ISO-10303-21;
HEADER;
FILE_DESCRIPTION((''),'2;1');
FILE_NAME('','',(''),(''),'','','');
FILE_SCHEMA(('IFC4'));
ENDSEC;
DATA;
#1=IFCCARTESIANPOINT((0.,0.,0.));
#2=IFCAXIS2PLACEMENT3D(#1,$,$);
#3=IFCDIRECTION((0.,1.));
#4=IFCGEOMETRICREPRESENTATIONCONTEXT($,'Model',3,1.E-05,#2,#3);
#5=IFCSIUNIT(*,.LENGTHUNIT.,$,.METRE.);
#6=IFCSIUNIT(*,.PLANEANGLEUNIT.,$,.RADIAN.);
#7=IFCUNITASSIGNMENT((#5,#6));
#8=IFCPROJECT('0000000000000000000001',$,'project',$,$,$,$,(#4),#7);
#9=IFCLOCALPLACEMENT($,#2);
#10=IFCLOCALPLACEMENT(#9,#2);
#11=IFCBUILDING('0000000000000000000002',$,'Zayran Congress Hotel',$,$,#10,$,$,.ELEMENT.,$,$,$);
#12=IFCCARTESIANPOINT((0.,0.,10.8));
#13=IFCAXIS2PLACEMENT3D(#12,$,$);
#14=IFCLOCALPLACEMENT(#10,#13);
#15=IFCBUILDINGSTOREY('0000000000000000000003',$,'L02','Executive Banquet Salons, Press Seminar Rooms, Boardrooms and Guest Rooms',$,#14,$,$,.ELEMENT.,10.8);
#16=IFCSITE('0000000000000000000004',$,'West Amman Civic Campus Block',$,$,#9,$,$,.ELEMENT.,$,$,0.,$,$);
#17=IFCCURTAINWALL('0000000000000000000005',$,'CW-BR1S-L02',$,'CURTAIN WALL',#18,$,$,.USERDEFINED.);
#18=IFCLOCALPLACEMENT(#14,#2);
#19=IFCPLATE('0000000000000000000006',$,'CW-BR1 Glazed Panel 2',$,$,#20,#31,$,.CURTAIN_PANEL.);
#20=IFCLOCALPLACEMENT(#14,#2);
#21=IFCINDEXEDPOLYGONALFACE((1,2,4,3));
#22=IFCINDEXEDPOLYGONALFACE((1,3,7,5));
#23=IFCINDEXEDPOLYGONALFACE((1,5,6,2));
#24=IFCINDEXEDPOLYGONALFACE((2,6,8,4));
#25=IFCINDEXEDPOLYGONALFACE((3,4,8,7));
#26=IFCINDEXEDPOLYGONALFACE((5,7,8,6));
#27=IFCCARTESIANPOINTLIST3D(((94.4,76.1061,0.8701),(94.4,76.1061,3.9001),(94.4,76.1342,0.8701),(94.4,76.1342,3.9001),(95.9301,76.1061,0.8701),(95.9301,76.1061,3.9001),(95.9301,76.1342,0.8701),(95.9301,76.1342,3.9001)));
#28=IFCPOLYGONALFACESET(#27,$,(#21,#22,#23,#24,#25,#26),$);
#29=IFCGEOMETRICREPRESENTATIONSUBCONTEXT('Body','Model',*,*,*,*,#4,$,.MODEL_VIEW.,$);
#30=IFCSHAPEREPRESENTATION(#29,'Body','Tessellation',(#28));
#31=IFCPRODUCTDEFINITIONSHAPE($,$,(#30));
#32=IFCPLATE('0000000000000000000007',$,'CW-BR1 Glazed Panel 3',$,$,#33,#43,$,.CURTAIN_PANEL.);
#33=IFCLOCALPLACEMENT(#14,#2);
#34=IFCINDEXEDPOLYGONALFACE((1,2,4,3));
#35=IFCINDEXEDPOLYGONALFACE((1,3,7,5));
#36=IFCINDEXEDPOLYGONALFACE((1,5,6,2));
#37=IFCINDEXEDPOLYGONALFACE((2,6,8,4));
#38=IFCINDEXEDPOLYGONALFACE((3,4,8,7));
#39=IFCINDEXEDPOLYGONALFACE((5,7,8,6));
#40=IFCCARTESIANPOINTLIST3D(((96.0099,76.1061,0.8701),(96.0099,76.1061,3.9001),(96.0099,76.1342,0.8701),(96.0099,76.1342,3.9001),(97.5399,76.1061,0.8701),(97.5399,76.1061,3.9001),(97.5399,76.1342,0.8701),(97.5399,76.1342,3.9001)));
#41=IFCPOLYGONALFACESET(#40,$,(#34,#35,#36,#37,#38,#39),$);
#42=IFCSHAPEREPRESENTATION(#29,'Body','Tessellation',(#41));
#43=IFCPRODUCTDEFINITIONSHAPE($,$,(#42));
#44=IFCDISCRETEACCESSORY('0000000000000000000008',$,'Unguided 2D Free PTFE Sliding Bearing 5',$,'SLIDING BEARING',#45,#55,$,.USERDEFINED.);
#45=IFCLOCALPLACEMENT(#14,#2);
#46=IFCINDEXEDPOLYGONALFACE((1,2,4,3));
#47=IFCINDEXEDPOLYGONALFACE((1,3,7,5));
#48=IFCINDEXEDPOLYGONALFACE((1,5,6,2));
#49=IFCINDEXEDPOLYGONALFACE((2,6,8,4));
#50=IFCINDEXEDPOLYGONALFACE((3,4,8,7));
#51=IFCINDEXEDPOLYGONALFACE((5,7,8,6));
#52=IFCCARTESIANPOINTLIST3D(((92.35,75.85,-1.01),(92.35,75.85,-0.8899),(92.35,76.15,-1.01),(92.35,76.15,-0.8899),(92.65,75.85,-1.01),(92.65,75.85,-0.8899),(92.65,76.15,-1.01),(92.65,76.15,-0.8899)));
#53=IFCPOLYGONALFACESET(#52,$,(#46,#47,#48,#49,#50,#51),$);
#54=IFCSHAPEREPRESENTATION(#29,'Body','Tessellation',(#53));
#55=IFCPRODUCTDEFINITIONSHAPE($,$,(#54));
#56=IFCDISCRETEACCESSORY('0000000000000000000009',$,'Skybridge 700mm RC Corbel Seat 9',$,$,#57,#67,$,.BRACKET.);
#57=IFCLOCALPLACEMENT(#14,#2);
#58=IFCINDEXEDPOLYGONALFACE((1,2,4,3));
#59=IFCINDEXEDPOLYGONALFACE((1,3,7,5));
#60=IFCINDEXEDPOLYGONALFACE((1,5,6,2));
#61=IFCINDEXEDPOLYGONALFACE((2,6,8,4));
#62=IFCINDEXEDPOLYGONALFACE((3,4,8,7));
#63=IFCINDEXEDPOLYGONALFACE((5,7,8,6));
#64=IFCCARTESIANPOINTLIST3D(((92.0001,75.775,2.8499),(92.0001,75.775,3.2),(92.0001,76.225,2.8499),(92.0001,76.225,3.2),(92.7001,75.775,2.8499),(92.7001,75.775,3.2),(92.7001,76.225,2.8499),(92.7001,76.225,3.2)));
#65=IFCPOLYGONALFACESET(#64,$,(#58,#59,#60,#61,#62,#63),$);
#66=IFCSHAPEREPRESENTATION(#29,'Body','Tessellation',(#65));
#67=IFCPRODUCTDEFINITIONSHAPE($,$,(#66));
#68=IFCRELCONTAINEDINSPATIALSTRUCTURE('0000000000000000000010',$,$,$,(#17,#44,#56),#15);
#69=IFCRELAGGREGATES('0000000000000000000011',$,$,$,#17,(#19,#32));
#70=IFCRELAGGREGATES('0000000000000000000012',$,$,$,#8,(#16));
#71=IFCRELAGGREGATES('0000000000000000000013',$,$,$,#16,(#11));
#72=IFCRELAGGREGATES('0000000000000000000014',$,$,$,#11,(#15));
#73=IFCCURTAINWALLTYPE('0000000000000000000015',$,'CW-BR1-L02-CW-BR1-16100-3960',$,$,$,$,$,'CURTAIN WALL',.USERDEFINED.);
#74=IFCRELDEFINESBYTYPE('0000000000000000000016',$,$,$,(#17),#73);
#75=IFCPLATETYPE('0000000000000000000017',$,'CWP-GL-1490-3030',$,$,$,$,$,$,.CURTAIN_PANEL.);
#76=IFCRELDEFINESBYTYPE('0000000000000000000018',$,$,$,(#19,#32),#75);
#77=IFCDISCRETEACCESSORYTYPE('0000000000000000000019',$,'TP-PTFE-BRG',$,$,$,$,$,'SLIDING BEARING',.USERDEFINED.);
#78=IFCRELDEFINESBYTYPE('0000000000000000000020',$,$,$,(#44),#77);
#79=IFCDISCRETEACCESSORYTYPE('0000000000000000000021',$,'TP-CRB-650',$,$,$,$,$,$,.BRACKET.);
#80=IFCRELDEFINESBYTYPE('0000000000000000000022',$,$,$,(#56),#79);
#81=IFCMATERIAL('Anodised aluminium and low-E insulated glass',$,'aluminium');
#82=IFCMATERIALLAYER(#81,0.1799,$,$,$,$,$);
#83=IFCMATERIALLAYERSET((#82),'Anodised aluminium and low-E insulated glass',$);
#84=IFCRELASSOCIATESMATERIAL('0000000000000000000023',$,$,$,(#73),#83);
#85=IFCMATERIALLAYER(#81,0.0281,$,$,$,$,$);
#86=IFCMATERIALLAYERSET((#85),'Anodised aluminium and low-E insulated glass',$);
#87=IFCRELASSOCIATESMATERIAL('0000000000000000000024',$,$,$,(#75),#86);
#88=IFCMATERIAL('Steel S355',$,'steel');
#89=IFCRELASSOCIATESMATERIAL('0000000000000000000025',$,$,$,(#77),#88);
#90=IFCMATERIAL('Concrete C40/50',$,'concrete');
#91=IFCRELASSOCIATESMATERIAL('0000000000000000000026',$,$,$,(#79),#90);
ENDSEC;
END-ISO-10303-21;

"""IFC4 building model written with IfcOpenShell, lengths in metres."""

from ifc_helpers import new_model, si_unit, direction, frame, origin, origin_2d, place, context, subcontext, project, spatial, rectangle, extrude, material, layer, layer_set, type_object, element, aggregate, save


model = new_model("IFC4")

# Units and contexts
model_context = context("Model", 3, precision=1e-05, world=origin(), true_north=direction((0.0, 1.0)))
body_context = subcontext(model_context, "Body", "Model", "MODEL_VIEW")
ifc_project = project(units=[si_unit("LENGTHUNIT", "METRE"), si_unit("PLANEANGLEUNIT", "RADIAN")], contexts=[model_context])

# Site, building, storey
site_placement = place(None, origin())
site = spatial("IfcSite", under=ifc_project, at=site_placement, Name="West Amman Civic Campus Block", CompositionType="ELEMENT", RefElevation=0.0)
building_placement = place(site_placement, origin())
building = spatial("IfcBuilding", under=site, at=building_placement, Name="Zayran Congress Hotel", CompositionType="ELEMENT")
storey_placement = place(building_placement, frame((0.0, 0.0, 10.8)))
storey = spatial("IfcBuildingStorey", under=building, at=storey_placement, Name="L02", Description="Executive Banquet Salons, Press Seminar Rooms, Boardrooms and Guest Rooms", CompositionType="ELEMENT", Elevation=10.8)

# Shared definitions
ifc_material_1 = material(Name="Steel S355", Category="steel")

# Shared definitions
ifc_material_2 = material(Name="Anodised aluminium and low-E insulated glass", Category="aluminium")

# Curtain wall
ifc_layer_1 = layer(ifc_material_2, 0.1799)
ifc_layer_set_1 = layer_set([ifc_layer_1], Name="Anodised aluminium and low-E insulated glass")
curtain_wall_type_1 = type_object("IfcCurtainWallType", Name="CW-BR1-L02-CW-BR1-16100-3960", ElementType="CURTAIN WALL", PredefinedType="USERDEFINED", material=ifc_layer_set_1)
curtain_wall_1_placement = place(storey_placement, origin())
curtain_wall_1 = element("IfcCurtainWall", 1, at=curtain_wall_1_placement, inside=storey, type_object=curtain_wall_type_1, Name="CW-BR1S-L02", ObjectType="CURTAIN WALL", PredefinedType="USERDEFINED")

# Plates
ifc_layer_2 = layer(ifc_material_2, 0.0281)
ifc_layer_set_2 = layer_set([ifc_layer_2], Name="Anodised aluminium and low-E insulated glass")
plate_type_1 = type_object("IfcPlateType", Name="CWP-GL-1490-3030", PredefinedType="CURTAIN_PANEL", material=ifc_layer_set_2)
plate_1_placement = place(storey_placement, frame((95.165, 76.1201, 0.8701), z_axis=(0.0, 0.0, 1.0), x_axis=(1.0, 0.0, 0.0)))
plate_1 = element("IfcPlate", 2, at=plate_1_placement, type_object=plate_type_1, Name="CW-BR1 Glazed Panel 2", PredefinedType="CURTAIN_PANEL", context=body_context, shape_type="SweptSolid", body=[
    extrude(rectangle(XDim=1.53, YDim=0.0281, at=origin_2d()), origin(), (0.0, 0.0, 1.0), 3.03),
])
plate_2_placement = place(storey_placement, frame((96.7749, 76.1201, 0.8701), z_axis=(0.0, 0.0, 1.0), x_axis=(1.0, 0.0, 0.0)))
plate_2 = element("IfcPlate", 3, at=plate_2_placement, type_object=plate_type_1, Name="CW-BR1 Glazed Panel 3", PredefinedType="CURTAIN_PANEL", context=body_context, shape_type="SweptSolid", body=[
    extrude(rectangle(XDim=1.53, YDim=0.0281, at=origin_2d()), origin(), (0.0, 0.0, 1.0), 3.03),
])
aggregate(curtain_wall_1, [plate_1, plate_2])

# Discrete accessories
discrete_accessory_type_1 = type_object("IfcDiscreteAccessoryType", Name="TP-PTFE-BRG", ElementType="SLIDING BEARING", PredefinedType="USERDEFINED", material=ifc_material_1)
discrete_accessory_1_placement = place(storey_placement, frame((92.5, 76.0, -1.01), z_axis=(0.0, 0.0, 1.0), x_axis=(1.0, 0.0, 0.0)))
element("IfcDiscreteAccessory", 4, at=discrete_accessory_1_placement, inside=storey, type_object=discrete_accessory_type_1, Name="Unguided 2D Free PTFE Sliding Bearing 5", ObjectType="SLIDING BEARING", PredefinedType="USERDEFINED", context=body_context, shape_type="SweptSolid", body=[
    extrude(rectangle(XDim=0.3, YDim=0.3, at=origin_2d()), origin(), (0.0, 0.0, 1.0), 0.1201),
])
ifc_material_3 = material(Name="Concrete C40/50", Category="concrete")
discrete_accessory_type_2 = type_object("IfcDiscreteAccessoryType", Name="TP-CRB-650", PredefinedType="BRACKET", material=ifc_material_3)
discrete_accessory_2_placement = place(storey_placement, frame((92.3501, 76.0, 2.8499), z_axis=(0.0, 0.0, 1.0), x_axis=(1.0, 0.0, 0.0)))
element("IfcDiscreteAccessory", 5, at=discrete_accessory_2_placement, inside=storey, type_object=discrete_accessory_type_2, Name="Skybridge 700mm RC Corbel Seat 9", PredefinedType="BRACKET", context=body_context, shape_type="SweptSolid", body=[
    extrude(rectangle(XDim=0.7, YDim=0.45, at=origin_2d()), origin(), (0.0, 0.0, 1.0), 0.3501),
])

save(model, "model.ifc")
